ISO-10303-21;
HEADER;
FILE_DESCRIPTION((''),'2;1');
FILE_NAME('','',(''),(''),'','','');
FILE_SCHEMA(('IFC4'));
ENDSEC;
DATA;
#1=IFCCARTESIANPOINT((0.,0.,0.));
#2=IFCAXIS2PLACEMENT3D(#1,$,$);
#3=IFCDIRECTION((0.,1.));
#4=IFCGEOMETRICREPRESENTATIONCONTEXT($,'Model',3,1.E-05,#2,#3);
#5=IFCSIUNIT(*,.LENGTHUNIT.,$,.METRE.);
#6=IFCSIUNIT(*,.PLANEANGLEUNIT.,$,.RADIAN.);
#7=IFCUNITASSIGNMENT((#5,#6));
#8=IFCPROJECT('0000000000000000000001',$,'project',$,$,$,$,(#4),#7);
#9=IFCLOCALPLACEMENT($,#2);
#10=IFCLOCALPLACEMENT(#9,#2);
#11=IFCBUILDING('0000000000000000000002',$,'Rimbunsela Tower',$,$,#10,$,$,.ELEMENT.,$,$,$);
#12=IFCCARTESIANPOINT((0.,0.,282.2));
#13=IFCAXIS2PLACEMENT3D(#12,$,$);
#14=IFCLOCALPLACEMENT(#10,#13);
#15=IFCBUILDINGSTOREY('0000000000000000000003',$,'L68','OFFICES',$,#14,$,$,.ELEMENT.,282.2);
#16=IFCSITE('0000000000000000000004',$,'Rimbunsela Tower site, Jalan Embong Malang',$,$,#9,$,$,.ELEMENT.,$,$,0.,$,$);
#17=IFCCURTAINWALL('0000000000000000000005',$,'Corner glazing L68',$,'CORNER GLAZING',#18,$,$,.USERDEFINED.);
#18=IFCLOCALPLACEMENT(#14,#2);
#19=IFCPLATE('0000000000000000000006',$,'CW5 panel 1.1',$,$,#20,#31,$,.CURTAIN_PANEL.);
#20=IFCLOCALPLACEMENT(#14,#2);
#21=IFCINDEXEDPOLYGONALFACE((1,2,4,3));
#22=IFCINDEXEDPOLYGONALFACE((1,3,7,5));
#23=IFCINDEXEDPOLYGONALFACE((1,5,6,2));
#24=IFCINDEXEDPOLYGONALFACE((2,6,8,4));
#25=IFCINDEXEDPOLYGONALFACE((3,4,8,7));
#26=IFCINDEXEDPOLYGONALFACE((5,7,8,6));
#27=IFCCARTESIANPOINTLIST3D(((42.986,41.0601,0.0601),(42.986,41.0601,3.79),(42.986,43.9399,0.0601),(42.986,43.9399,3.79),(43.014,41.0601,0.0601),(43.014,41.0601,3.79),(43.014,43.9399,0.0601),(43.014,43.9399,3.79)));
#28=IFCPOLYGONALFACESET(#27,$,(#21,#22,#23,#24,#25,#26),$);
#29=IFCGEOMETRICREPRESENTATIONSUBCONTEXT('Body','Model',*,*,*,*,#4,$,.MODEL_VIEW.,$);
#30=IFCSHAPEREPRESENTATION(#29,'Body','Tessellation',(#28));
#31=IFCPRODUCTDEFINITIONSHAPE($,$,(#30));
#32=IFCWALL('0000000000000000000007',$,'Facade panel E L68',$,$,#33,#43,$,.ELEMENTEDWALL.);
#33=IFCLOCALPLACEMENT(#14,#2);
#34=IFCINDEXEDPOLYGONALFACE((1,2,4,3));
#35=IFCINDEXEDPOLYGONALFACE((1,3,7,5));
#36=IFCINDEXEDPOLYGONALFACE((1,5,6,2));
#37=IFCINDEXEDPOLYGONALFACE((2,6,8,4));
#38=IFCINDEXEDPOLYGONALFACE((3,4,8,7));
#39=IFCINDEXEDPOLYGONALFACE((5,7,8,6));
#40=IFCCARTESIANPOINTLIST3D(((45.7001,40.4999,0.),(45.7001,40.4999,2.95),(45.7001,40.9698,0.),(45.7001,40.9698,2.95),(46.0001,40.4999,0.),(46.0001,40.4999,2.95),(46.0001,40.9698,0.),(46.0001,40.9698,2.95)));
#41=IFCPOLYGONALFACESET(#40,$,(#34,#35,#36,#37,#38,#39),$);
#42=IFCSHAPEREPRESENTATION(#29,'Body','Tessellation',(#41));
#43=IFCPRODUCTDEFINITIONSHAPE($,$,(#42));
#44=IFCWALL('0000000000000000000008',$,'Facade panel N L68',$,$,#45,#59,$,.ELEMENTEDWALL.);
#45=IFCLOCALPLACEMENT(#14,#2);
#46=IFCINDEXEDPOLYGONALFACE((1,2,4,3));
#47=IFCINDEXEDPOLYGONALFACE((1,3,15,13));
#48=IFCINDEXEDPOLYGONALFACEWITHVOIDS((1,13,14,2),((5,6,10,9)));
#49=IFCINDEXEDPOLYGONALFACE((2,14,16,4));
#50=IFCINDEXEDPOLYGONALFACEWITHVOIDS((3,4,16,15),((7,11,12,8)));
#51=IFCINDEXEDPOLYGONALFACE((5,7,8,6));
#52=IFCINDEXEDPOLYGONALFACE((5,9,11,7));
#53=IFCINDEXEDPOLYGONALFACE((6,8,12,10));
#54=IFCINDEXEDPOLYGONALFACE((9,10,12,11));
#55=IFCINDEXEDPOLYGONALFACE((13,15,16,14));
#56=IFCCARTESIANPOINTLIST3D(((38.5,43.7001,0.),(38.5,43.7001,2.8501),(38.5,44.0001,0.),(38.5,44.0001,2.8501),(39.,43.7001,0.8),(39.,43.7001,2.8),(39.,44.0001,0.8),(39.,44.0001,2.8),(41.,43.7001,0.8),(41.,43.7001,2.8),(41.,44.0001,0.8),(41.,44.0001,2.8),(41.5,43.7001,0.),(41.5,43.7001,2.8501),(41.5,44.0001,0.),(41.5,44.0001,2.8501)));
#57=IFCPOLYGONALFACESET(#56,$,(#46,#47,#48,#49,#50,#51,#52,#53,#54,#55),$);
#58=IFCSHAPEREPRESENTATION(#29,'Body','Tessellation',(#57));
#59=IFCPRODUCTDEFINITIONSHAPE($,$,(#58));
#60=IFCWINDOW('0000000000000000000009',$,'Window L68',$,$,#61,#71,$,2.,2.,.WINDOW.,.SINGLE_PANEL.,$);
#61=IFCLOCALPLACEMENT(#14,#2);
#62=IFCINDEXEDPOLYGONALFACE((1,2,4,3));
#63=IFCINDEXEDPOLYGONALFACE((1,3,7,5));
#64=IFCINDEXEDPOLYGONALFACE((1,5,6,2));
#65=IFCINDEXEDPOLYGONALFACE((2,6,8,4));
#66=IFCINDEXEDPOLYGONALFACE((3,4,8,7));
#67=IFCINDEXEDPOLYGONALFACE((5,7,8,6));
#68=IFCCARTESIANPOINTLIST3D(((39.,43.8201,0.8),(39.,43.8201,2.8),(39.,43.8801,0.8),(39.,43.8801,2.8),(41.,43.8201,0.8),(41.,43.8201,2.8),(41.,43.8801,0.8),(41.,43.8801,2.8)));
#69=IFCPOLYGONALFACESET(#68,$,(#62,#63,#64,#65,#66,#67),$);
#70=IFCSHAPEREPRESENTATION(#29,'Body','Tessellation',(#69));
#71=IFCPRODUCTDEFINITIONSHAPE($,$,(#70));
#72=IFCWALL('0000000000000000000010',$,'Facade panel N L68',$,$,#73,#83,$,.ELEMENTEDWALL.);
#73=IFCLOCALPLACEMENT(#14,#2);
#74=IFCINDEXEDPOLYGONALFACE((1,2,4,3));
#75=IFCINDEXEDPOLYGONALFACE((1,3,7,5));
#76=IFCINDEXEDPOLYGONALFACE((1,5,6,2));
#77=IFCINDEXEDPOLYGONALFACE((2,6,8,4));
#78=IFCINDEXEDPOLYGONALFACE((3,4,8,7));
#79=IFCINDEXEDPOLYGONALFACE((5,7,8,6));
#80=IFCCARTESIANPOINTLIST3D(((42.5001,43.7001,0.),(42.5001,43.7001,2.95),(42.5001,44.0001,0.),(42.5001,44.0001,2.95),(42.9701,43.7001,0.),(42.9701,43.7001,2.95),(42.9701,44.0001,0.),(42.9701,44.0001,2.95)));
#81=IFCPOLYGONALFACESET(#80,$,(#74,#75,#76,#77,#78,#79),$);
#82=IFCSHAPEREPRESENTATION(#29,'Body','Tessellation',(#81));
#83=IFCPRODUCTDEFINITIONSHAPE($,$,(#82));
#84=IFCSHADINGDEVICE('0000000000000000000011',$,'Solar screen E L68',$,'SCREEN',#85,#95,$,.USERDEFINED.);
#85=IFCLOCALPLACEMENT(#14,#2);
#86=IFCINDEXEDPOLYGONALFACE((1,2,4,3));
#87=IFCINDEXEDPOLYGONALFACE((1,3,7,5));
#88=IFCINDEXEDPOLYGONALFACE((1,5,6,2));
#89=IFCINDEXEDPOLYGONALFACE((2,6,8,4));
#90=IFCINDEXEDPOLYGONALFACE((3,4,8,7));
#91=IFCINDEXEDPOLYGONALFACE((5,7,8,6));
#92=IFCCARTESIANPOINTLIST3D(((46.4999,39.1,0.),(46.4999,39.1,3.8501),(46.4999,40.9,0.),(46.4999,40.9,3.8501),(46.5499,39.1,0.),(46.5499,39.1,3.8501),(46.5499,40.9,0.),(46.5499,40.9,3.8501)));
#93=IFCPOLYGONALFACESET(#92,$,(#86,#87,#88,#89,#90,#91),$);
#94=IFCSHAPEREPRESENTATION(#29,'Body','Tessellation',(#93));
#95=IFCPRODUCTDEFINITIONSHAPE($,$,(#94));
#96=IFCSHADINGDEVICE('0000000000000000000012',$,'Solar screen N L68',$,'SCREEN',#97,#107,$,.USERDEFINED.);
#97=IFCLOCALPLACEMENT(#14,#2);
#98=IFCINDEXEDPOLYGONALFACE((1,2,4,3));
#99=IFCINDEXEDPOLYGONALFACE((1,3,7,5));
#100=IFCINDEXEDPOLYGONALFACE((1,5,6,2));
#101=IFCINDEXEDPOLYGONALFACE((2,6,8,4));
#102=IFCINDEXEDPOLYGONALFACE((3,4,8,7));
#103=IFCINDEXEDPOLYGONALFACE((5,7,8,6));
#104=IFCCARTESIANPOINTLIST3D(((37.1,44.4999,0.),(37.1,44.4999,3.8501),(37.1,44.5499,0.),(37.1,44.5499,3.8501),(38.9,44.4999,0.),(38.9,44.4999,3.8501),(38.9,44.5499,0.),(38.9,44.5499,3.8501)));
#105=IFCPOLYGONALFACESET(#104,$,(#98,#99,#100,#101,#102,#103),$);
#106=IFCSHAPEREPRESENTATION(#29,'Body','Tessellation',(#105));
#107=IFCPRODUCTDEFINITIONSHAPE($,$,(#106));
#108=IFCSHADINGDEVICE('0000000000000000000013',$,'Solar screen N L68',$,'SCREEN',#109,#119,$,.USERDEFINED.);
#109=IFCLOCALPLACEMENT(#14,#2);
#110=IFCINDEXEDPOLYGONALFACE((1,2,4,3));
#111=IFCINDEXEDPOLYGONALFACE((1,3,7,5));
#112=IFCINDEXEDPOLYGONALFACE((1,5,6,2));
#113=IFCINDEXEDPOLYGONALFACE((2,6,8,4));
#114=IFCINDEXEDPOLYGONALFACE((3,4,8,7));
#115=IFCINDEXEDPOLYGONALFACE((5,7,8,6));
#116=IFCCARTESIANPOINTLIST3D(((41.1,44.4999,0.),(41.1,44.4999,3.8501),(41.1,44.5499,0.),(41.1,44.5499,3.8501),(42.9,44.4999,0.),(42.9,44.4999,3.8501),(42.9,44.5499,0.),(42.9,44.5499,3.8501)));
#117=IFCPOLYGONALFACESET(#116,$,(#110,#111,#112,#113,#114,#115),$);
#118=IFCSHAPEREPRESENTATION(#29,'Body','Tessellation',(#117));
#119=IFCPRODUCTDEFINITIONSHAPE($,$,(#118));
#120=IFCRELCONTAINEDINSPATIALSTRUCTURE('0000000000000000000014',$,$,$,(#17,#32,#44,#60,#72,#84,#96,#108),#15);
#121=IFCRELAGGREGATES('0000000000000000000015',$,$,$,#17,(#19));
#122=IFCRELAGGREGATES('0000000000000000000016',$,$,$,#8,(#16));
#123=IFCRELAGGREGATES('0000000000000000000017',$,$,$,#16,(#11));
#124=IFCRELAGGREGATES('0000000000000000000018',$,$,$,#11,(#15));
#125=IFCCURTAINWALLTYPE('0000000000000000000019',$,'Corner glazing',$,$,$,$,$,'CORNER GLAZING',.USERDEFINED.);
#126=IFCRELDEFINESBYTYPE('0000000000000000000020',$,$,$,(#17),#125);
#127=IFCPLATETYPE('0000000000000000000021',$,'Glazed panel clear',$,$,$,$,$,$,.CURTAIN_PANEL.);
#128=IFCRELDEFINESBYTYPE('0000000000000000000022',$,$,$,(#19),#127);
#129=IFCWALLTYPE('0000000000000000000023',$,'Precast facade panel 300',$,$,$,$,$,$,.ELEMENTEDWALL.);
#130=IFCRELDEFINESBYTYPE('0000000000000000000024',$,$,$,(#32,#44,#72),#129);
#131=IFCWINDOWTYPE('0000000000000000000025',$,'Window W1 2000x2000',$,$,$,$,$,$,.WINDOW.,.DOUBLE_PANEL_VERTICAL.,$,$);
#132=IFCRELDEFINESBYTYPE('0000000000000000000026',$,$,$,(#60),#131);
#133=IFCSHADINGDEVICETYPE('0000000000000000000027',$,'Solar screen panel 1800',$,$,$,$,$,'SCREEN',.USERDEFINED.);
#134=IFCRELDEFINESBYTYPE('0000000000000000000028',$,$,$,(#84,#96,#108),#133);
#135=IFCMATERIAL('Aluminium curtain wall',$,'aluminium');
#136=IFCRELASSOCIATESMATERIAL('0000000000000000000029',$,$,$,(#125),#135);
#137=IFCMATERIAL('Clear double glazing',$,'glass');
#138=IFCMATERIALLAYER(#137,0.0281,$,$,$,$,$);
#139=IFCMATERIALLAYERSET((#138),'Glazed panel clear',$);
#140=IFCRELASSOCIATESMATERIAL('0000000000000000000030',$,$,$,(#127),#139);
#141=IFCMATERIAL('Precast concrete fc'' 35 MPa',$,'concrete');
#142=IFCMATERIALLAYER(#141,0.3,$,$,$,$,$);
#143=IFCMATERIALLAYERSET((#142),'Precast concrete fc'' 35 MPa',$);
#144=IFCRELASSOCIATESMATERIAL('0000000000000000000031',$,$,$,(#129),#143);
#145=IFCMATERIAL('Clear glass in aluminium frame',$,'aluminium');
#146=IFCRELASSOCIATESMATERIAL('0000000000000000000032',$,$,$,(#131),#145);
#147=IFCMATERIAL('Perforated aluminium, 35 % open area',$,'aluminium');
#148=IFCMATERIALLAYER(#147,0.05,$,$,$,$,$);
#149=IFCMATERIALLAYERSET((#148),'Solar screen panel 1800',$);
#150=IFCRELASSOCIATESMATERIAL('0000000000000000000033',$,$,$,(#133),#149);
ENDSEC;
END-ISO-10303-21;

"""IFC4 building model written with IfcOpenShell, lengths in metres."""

from ifc_helpers import new_model, si_unit, direction, frame, frame_2d, origin, origin_2d, place, context, subcontext, project, spatial, rectangle, extrude, material, layer, layer_set, type_object, element, fill, aggregate, save


model = new_model("IFC4")

# Units and contexts
model_context = context("Model", 3, precision=1e-05, world=origin(), true_north=direction((0.0, 1.0)))
body_context = subcontext(model_context, "Body", "Model", "MODEL_VIEW")
ifc_project = project(units=[si_unit("LENGTHUNIT", "METRE"), si_unit("PLANEANGLEUNIT", "RADIAN")], contexts=[model_context])

# Site, building, storey
site_placement = place(None, origin())
site = spatial("IfcSite", under=ifc_project, at=site_placement, Name="Rimbunsela Tower site, Jalan Embong Malang", CompositionType="ELEMENT", RefElevation=0.0)
building_placement = place(site_placement, origin())
building = spatial("IfcBuilding", under=site, at=building_placement, Name="Rimbunsela Tower", CompositionType="ELEMENT")
storey_placement = place(building_placement, frame((0.0, 0.0, 282.2)))
storey = spatial("IfcBuildingStorey", under=building, at=storey_placement, Name="L68", Description="OFFICES", CompositionType="ELEMENT", Elevation=282.2)

# Curtain wall
ifc_material_1 = material(Name="Aluminium curtain wall", Category="aluminium")
curtain_wall_type = type_object("IfcCurtainWallType", Name="Corner glazing", ElementType="CORNER GLAZING", PredefinedType="USERDEFINED", material=ifc_material_1)
curtain_wall_1_placement = place(storey_placement, origin())
curtain_wall_1 = element("IfcCurtainWall", 1, at=curtain_wall_1_placement, inside=storey, type_object=curtain_wall_type, Name="Corner glazing L68", ObjectType="CORNER GLAZING", PredefinedType="USERDEFINED")

# Plate
ifc_material_2 = material(Name="Clear double glazing", Category="glass")
ifc_layer_1 = layer(ifc_material_2, 0.0281)
ifc_layer_set_1 = layer_set([ifc_layer_1], Name="Glazed panel clear")
plate_type = type_object("IfcPlateType", Name="Glazed panel clear", PredefinedType="CURTAIN_PANEL", material=ifc_layer_set_1)
plate_1_placement = place(storey_placement, frame((43.0, 42.5, 0.0601), z_axis=(0.0, 0.0, 1.0), x_axis=(0.0, 1.0, 0.0)))
plate_1 = element("IfcPlate", 2, at=plate_1_placement, type_object=plate_type, Name="CW5 panel 1.1", PredefinedType="CURTAIN_PANEL", context=body_context, shape_type="SweptSolid", body=[
    extrude(rectangle(XDim=2.8799, YDim=0.0281, at=origin_2d()), origin(), (0.0, 0.0, 1.0), 3.73),
])
aggregate(curtain_wall_1, [plate_1])

# Wall
ifc_material_3 = material(Name="Precast concrete fc' 35 MPa", Category="concrete")
ifc_layer_2 = layer(ifc_material_3, 0.3)
ifc_layer_set_2 = layer_set([ifc_layer_2], Name="Precast concrete fc' 35 MPa")
wall_type = type_object("IfcWallType", Name="Precast facade panel 300", PredefinedType="ELEMENTEDWALL", material=ifc_layer_set_2)
wall_1_placement = place(storey_placement, frame((45.8501, 40.5, 0.0), z_axis=(0.0, 0.0, 1.0), x_axis=(0.0, 1.0, 0.0)))
element("IfcWall", 3, at=wall_1_placement, inside=storey, type_object=wall_type, Name="Facade panel E L68", PredefinedType="ELEMENTEDWALL", context=body_context, shape_type="SweptSolid", body=[
    extrude(rectangle(XDim=0.47, YDim=0.3, at=frame_2d((0.2349, 0.0))), origin(), (0.0, 0.0, 1.0), 2.95),
])

# Wall, opening, window
wall_2_placement = place(storey_placement, frame((41.5, 43.8501, 0.0), z_axis=(0.0, 0.0, 1.0), x_axis=(-1.0, 0.0, 0.0)))
wall_2 = element("IfcWall", 4, at=wall_2_placement, inside=storey, type_object=wall_type, Name="Facade panel N L68", PredefinedType="ELEMENTEDWALL", context=body_context, shape_type="SweptSolid", body=[
    extrude(rectangle(XDim=3.0, YDim=0.3, at=frame_2d((1.5, 0.0))), origin(), (0.0, 0.0, 1.0), 2.8501),
])
opening_placement = place(wall_2_placement, frame((0.5, 0.0, 0.8)))
opening = element("IfcOpeningElement", 5, at=opening_placement, cuts=wall_2, PredefinedType="OPENING", context=body_context, shape_type="SweptSolid", body=[
    extrude(rectangle(XDim=2.0, YDim=2.0, at=frame_2d((1.0, 1.0))), frame((0.0, 0.1599, 0.0), z_axis=(0.0, -1.0, 0.0), x_axis=(1.0, 0.0, 0.0)), (0.0, 0.0, 1.0), 0.3201),
])
ifc_material_4 = material(Name="Clear glass in aluminium frame", Category="aluminium")
window_type = type_object("IfcWindowType", Name="Window W1 2000x2000", PartitioningType="DOUBLE_PANEL_VERTICAL", PredefinedType="WINDOW", material=ifc_material_4)
window_placement = place(opening_placement, origin())
window = element("IfcWindow", 6, at=window_placement, inside=storey, type_object=window_type, Name="Window L68", OverallHeight=2.0, OverallWidth=2.0, PartitioningType="SINGLE_PANEL", PredefinedType="WINDOW", context=body_context, shape_type="SweptSolid", body=[
    extrude(rectangle(XDim=2.0, YDim=2.0, at=frame_2d((1.0, 1.0))), frame((0.0, 0.03, 0.0), z_axis=(0.0, -1.0, 0.0), x_axis=(1.0, 0.0, 0.0)), (0.0, 0.0, 1.0), 0.0601),
])
fill(opening, window)

# Wall
wall_3_placement = place(storey_placement, frame((42.97, 43.8501, 0.0), z_axis=(0.0, 0.0, 1.0), x_axis=(-1.0, 0.0, 0.0)))
element("IfcWall", 7, at=wall_3_placement, inside=storey, type_object=wall_type, Name="Facade panel N L68", PredefinedType="ELEMENTEDWALL", context=body_context, shape_type="SweptSolid", body=[
    extrude(rectangle(XDim=0.47, YDim=0.3, at=frame_2d((0.2349, 0.0))), origin(), (0.0, 0.0, 1.0), 2.95),
])

# Shading devices
ifc_material_5 = material(Name="Perforated aluminium, 35 % open area", Category="aluminium")
ifc_layer_3 = layer(ifc_material_5, 0.05)
ifc_layer_set_3 = layer_set([ifc_layer_3], Name="Solar screen panel 1800")
shading_device_type = type_object("IfcShadingDeviceType", Name="Solar screen panel 1800", ElementType="SCREEN", PredefinedType="USERDEFINED", material=ifc_layer_set_3)
for number, where, z_axis, x_axis, name in (
    (8, (46.5249, 40.0, 0.0), (0.0, 0.0, 1.0), (0.0, 1.0, 0.0), "Solar screen E L68"),
    (9, (38.0, 44.5249, 0.0), (0.0, 0.0, 1.0), (1.0, 0.0, 0.0), "Solar screen N L68"),
    (10, (42.0, 44.5249, 0.0), (0.0, 0.0, 1.0), (1.0, 0.0, 0.0), "Solar screen N L68"),
):
    element("IfcShadingDevice", number, at=place(storey_placement, frame(where, z_axis=z_axis, x_axis=x_axis)), inside=storey, type_object=shading_device_type, Name=name, ObjectType="SCREEN", PredefinedType="USERDEFINED", context=body_context, shape_type="SweptSolid", body=[
        extrude(rectangle(XDim=1.8, YDim=0.05, at=origin_2d()), origin(), (0.0, 0.0, 1.0), 3.8501),
    ])

save(model, "model.ifc")
